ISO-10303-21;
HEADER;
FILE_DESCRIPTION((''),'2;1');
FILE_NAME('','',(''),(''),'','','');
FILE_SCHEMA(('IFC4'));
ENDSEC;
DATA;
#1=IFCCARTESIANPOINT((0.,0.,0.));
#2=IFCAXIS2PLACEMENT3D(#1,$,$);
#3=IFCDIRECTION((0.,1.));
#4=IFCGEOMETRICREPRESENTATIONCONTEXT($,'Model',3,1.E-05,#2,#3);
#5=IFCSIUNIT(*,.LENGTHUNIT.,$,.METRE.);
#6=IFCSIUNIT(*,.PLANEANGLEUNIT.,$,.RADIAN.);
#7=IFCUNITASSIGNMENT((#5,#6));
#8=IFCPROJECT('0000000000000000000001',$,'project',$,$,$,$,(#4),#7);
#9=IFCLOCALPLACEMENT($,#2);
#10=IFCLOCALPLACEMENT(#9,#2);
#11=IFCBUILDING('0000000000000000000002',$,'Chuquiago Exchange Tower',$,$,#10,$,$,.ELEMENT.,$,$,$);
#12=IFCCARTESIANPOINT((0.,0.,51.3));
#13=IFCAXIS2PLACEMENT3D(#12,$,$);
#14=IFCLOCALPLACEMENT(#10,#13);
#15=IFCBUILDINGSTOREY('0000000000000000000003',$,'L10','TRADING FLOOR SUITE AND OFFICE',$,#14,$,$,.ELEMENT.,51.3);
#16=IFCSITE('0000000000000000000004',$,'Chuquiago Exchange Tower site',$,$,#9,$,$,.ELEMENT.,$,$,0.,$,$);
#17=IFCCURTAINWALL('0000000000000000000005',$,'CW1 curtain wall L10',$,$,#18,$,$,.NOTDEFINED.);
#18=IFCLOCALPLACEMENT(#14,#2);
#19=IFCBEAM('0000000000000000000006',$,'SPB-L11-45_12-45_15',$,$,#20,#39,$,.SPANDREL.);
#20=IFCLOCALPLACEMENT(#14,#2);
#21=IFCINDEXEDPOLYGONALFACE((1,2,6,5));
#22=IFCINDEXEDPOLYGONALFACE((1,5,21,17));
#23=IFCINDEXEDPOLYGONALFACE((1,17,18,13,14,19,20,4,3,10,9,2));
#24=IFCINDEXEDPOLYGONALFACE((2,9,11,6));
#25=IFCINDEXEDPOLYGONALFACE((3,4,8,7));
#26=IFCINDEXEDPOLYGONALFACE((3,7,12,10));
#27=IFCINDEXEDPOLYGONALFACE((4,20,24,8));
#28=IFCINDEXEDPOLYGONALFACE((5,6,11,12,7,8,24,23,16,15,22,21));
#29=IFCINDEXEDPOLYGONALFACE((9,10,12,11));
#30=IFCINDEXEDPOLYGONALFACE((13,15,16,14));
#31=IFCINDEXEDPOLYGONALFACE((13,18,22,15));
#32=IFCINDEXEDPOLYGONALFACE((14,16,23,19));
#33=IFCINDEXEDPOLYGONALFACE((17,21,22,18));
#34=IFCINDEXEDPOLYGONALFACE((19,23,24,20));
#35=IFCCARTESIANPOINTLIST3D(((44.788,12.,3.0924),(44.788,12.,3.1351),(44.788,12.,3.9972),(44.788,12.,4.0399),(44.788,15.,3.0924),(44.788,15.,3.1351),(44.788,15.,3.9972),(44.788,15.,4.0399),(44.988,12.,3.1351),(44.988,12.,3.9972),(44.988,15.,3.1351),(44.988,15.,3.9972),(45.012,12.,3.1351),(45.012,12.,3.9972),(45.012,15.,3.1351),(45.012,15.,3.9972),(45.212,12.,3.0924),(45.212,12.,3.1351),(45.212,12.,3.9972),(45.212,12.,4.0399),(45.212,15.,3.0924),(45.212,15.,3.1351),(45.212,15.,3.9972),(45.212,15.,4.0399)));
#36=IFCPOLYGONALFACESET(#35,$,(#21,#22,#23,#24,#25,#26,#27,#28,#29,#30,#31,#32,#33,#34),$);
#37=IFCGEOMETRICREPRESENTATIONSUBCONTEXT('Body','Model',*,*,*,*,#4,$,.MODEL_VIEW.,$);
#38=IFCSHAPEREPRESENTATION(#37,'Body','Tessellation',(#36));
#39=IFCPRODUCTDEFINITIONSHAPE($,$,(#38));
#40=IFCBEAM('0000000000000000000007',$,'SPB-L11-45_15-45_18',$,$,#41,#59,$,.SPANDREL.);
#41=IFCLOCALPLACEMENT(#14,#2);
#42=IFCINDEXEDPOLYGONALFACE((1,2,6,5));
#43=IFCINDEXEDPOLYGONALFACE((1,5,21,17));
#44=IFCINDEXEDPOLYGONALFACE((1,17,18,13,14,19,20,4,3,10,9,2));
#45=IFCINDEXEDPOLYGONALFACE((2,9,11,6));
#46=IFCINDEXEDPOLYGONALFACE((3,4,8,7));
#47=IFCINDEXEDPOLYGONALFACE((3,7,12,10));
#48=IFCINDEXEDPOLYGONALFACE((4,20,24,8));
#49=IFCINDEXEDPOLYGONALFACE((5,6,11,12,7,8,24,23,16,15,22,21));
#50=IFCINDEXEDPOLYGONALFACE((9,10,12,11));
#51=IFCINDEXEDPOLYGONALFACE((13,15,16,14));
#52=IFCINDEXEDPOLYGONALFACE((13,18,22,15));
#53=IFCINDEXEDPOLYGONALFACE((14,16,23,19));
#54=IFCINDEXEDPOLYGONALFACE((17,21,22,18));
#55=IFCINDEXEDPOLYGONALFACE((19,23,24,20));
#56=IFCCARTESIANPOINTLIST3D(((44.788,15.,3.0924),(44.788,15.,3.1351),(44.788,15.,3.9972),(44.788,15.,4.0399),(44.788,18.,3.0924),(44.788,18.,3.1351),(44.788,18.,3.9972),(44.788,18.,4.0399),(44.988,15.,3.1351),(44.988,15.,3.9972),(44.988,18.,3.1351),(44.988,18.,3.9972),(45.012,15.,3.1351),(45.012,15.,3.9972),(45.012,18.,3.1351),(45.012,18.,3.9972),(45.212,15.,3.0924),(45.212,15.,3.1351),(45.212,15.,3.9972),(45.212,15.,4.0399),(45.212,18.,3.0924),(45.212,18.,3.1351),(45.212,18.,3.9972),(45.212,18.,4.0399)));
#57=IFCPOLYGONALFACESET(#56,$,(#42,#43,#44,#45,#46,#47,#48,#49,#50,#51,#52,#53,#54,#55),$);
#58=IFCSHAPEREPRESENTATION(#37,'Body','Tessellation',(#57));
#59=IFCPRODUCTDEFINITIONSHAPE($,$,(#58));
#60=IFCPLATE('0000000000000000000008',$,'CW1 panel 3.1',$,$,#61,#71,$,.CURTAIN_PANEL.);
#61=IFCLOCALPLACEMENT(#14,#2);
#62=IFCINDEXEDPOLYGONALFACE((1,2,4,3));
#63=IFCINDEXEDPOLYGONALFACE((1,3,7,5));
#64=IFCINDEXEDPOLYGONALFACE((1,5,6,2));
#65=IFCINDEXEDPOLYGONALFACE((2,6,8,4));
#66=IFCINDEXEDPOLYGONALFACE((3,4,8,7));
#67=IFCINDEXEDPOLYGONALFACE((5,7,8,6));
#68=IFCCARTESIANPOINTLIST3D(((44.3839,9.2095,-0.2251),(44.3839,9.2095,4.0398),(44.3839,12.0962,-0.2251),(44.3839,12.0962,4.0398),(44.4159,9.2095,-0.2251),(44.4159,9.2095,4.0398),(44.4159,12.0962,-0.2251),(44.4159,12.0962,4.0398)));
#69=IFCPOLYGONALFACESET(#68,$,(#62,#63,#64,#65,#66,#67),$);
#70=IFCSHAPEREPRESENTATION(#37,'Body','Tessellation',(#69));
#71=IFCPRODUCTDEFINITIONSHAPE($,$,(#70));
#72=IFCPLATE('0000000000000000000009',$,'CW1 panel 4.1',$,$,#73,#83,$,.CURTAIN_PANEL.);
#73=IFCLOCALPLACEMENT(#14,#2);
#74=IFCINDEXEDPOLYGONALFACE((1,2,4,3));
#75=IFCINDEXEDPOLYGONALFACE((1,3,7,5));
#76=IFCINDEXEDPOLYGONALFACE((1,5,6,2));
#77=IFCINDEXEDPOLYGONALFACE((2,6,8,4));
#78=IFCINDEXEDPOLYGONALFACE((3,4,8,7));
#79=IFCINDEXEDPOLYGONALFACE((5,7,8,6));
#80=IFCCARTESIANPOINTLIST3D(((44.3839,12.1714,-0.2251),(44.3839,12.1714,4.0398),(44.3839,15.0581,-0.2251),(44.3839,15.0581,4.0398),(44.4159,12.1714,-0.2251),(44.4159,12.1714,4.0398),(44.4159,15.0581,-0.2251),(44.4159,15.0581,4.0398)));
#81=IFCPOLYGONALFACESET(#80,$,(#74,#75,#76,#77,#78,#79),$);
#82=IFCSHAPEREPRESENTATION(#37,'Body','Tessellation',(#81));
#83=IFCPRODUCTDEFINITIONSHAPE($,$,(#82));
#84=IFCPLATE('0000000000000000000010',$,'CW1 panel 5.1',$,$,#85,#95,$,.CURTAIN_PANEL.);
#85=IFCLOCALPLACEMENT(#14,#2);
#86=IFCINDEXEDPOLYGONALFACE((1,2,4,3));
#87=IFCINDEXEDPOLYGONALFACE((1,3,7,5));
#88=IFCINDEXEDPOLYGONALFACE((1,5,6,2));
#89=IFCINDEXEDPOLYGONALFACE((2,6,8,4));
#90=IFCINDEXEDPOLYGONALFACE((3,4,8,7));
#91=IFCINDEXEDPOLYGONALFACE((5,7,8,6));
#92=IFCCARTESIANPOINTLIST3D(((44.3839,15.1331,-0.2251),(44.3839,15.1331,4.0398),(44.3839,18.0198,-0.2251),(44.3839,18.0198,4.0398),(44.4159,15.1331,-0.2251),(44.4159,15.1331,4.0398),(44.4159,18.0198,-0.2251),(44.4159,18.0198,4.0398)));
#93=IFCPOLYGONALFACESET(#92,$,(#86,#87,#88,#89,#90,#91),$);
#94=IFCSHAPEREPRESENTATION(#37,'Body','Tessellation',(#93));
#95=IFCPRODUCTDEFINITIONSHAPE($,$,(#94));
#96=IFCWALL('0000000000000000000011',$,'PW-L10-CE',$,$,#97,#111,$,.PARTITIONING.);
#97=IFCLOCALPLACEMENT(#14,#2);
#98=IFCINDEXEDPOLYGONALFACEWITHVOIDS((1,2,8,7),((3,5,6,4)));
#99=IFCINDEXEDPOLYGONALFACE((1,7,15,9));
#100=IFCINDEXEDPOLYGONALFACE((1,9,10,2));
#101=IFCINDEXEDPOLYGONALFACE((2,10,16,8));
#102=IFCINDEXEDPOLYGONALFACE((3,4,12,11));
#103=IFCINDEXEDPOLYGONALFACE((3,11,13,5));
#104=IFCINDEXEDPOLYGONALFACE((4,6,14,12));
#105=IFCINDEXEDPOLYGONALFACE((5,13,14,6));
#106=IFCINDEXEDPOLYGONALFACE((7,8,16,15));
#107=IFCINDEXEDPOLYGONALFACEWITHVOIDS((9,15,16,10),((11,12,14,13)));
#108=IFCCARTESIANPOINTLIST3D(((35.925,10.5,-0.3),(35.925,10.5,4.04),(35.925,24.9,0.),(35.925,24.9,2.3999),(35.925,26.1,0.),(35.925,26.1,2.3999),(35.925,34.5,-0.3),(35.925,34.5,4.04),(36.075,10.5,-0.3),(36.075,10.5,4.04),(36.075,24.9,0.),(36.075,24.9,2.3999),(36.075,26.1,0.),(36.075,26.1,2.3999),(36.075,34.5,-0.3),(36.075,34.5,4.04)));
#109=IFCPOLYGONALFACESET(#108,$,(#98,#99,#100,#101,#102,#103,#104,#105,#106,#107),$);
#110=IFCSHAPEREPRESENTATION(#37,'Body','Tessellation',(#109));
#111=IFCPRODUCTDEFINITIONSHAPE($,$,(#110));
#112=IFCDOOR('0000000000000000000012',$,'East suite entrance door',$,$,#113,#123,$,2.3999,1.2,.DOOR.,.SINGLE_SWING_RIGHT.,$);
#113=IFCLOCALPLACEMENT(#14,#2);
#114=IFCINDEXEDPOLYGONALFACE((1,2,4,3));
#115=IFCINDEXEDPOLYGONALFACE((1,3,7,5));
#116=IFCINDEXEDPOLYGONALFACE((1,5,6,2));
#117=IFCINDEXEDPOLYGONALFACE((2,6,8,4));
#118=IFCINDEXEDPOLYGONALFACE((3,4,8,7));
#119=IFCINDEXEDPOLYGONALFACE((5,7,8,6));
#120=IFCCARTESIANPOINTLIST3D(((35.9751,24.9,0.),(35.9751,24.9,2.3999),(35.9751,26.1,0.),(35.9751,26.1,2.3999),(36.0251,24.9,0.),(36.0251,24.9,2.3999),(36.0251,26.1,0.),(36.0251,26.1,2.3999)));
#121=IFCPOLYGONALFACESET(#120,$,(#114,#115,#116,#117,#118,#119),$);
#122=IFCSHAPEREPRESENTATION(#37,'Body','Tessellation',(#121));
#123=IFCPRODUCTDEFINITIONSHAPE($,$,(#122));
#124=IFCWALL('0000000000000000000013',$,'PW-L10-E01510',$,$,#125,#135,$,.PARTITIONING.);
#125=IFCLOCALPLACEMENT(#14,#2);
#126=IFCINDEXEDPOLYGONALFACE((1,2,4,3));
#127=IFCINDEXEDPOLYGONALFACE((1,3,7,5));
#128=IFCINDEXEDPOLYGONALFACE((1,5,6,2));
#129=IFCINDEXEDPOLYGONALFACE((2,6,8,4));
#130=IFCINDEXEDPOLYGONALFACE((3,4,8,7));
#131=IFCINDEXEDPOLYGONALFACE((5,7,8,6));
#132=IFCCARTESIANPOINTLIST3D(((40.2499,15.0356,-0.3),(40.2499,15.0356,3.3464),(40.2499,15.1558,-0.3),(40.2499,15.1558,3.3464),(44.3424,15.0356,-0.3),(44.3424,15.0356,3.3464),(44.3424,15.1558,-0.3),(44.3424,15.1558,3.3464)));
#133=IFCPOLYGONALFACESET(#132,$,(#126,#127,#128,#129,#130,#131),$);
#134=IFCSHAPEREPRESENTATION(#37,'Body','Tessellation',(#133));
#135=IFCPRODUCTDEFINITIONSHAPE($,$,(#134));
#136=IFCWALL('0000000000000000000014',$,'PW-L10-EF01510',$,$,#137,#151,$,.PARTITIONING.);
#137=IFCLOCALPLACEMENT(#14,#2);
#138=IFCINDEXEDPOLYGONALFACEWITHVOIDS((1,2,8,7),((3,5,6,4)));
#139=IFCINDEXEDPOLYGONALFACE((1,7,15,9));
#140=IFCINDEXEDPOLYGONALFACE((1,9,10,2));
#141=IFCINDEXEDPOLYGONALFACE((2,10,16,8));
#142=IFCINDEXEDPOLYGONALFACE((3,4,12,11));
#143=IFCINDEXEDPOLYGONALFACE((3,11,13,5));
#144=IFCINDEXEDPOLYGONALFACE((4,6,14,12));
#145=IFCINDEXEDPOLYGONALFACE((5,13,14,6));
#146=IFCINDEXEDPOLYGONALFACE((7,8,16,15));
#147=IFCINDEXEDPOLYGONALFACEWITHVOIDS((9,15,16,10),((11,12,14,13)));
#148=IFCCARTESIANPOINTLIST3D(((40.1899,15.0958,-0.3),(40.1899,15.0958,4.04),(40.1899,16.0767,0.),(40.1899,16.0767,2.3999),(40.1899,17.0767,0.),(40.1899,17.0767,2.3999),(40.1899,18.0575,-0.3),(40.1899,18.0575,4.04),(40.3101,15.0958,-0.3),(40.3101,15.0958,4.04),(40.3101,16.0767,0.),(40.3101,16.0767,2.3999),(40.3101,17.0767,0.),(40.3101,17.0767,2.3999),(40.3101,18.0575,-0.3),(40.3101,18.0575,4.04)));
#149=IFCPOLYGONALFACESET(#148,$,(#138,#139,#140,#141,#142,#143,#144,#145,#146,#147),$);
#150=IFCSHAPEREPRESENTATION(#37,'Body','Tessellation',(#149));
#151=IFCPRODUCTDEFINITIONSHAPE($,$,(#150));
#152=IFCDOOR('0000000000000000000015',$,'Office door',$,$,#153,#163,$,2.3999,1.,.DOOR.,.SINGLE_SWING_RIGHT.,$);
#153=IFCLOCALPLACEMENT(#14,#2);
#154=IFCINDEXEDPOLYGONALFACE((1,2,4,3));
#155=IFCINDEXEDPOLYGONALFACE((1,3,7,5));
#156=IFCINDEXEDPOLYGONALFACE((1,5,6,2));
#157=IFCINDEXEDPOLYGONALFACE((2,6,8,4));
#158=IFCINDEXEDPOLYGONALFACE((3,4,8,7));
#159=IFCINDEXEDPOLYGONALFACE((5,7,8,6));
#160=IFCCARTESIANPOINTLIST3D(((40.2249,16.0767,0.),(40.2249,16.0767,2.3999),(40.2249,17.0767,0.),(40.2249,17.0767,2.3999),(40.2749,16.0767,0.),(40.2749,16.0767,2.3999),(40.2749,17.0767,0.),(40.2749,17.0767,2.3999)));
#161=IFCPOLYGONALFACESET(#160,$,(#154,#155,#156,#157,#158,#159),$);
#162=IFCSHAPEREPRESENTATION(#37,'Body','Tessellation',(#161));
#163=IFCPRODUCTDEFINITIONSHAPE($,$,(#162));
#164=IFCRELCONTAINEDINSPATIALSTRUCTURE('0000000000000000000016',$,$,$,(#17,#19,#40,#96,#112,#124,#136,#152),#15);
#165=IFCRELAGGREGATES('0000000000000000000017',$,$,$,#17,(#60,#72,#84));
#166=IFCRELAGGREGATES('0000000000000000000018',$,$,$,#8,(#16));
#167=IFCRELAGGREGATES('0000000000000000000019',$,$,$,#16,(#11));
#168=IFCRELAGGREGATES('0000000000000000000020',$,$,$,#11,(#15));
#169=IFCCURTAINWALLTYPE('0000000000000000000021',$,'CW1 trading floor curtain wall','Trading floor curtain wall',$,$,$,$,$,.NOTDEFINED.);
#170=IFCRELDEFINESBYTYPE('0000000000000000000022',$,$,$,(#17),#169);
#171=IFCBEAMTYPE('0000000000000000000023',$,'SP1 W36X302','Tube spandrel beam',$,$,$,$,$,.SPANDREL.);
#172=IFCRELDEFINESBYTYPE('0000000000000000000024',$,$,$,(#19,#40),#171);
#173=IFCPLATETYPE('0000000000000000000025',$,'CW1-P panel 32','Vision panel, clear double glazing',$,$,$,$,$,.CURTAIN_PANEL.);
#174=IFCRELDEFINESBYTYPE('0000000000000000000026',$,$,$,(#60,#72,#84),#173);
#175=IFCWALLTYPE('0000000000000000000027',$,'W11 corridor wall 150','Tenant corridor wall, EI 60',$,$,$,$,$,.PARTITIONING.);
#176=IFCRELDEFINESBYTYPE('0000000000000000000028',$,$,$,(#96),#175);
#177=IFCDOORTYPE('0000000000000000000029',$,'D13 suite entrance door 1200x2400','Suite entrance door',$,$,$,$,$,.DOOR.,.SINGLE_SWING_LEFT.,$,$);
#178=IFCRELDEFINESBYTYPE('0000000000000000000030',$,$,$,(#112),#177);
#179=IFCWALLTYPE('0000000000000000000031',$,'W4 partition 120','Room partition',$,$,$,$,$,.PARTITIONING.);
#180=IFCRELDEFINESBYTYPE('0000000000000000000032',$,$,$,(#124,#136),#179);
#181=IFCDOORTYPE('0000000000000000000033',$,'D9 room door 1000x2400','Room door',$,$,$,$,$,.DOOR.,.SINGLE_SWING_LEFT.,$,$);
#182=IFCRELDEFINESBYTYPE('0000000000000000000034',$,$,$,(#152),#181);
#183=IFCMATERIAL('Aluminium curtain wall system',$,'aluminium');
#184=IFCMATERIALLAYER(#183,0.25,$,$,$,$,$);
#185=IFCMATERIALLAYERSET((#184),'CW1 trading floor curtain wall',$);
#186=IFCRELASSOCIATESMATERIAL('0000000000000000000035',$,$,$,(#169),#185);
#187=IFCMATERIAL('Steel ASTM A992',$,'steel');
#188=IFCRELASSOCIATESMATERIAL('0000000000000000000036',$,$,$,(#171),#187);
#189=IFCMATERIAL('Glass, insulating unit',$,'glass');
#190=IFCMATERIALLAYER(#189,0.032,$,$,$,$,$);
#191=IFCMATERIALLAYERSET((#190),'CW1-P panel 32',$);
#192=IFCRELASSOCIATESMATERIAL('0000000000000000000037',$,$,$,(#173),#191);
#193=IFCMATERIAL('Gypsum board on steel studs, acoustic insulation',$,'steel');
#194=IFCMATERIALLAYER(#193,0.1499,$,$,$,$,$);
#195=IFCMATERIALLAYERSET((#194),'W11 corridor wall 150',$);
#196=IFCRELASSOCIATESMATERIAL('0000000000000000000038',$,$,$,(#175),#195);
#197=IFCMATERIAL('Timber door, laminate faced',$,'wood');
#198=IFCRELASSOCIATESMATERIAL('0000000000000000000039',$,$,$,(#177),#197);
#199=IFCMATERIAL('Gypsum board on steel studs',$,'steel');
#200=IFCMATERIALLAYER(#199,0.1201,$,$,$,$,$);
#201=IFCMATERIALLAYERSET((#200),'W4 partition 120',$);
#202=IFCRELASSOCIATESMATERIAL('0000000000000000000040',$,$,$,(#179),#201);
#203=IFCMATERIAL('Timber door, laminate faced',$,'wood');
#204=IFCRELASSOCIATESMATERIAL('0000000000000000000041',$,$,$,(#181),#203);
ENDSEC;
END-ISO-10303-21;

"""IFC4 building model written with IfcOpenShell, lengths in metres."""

from ifc_helpers import new_model, si_unit, direction, frame, frame_2d, origin, origin_2d, place, context, subcontext, project, spatial, rectangle, i_section, extrude, material, layer, layer_set, material_profile, profile_set, type_object, element, fill, aggregate, save


model = new_model("IFC4")

# Units and contexts
model_context = context("Model", 3, precision=1e-05, world=origin(), true_north=direction((0.0, 1.0)))
body_context = subcontext(model_context, "Body", "Model", "MODEL_VIEW")
ifc_project = project(units=[si_unit("LENGTHUNIT", "METRE"), si_unit("PLANEANGLEUNIT", "RADIAN")], contexts=[model_context])

# Site, building, storey
site_placement = place(None, origin())
site = spatial("IfcSite", under=ifc_project, at=site_placement, Name="Chuquiago Exchange Tower site", CompositionType="ELEMENT", RefElevation=0.0)
building_placement = place(site_placement, origin())
building = spatial("IfcBuilding", under=site, at=building_placement, Name="Chuquiago Exchange Tower", CompositionType="ELEMENT")
storey_placement = place(building_placement, frame((0.0, 0.0, 51.3)))
storey = spatial("IfcBuildingStorey", under=building, at=storey_placement, Name="L10", Description="TRADING FLOOR SUITE AND OFFICE", CompositionType="ELEMENT", Elevation=51.3)

# Curtain wall
ifc_material_1 = material(Name="Aluminium curtain wall system", Category="aluminium")
ifc_layer_1 = layer(ifc_material_1, 0.25)
ifc_layer_set_1 = layer_set([ifc_layer_1], Name="CW1 trading floor curtain wall")
curtain_wall_type = type_object("IfcCurtainWallType", Name="CW1 trading floor curtain wall", Description="Trading floor curtain wall", PredefinedType="NOTDEFINED", material=ifc_layer_set_1)
curtain_wall_placement = place(storey_placement, origin())
curtain_wall = element("IfcCurtainWall", 1, at=curtain_wall_placement, inside=storey, type_object=curtain_wall_type, Name="CW1 curtain wall L10", PredefinedType="NOTDEFINED")

# Beams
ifc_material_2 = material(Name="Steel ASTM A992", Category="steel")
ifc_material_profile_1 = material_profile(ifc_material_2, i_section(OverallWidth=0.4241, OverallDepth=0.9475, WebThickness=0.0239, FlangeThickness=0.0427, at=origin_2d()), Name="W36X302")
ifc_profile_set_1 = profile_set([ifc_material_profile_1], Name="Steel ASTM A992")
beam_type_1 = type_object("IfcBeamType", Name="SP1 W36X302", Description="Tube spandrel beam", PredefinedType="SPANDREL", material=ifc_profile_set_1)
for number, where, z_axis, x_axis, name in (
    (2, (45.0, 12.0, 3.5662), (0.0, 1.0, 0.0), (-1.0, 0.0, 0.0), "SPB-L11-45_12-45_15"),
    (3, (45.0, 15.0, 3.5662), (0.0, 1.0, 0.0), (-1.0, 0.0, 0.0), "SPB-L11-45_15-45_18"),
):
    element("IfcBeam", number, at=place(storey_placement, frame(where, z_axis=z_axis, x_axis=x_axis)), inside=storey, type_object=beam_type_1, Name=name, PredefinedType="SPANDREL", context=body_context, shape_type="SweptSolid", body=[
        extrude(i_section(OverallWidth=0.4241, OverallDepth=0.9475, WebThickness=0.0239, FlangeThickness=0.0427, at=origin_2d()), origin(), (0.0, 0.0, 1.0), 3.0),
    ])

# Plates
ifc_material_3 = material(Name="Glass, insulating unit", Category="glass")
ifc_layer_2 = layer(ifc_material_3, 0.032)
ifc_layer_set_2 = layer_set([ifc_layer_2], Name="CW1-P panel 32")
plate_type = type_object("IfcPlateType", Name="CW1-P panel 32", Description="Vision panel, clear double glazing", PredefinedType="CURTAIN_PANEL", material=ifc_layer_set_2)
plate_1_placement = place(storey_placement, frame((44.3999, 10.6528, -0.2251), z_axis=(0.0, 0.0, 1.0), x_axis=(0.0, 1.0, 0.0)))
plate_1 = element("IfcPlate", 4, at=plate_1_placement, type_object=plate_type, Name="CW1 panel 3.1", PredefinedType="CURTAIN_PANEL", context=body_context, shape_type="SweptSolid", body=[
    extrude(rectangle(XDim=2.8867, YDim=0.032, at=origin_2d()), origin(), (0.0, 0.0, 1.0), 4.2649),
])
plate_2_placement = place(storey_placement, frame((44.3999, 13.6147, -0.2251), z_axis=(0.0, 0.0, 1.0), x_axis=(0.0, 1.0, 0.0)))
plate_2 = element("IfcPlate", 5, at=plate_2_placement, type_object=plate_type, Name="CW1 panel 4.1", PredefinedType="CURTAIN_PANEL", context=body_context, shape_type="SweptSolid", body=[
    extrude(rectangle(XDim=2.8867, YDim=0.032, at=origin_2d()), origin(), (0.0, 0.0, 1.0), 4.2649),
])
plate_3_placement = place(storey_placement, frame((44.3999, 16.5764, -0.2251), z_axis=(0.0, 0.0, 1.0), x_axis=(0.0, 1.0, 0.0)))
plate_3 = element("IfcPlate", 6, at=plate_3_placement, type_object=plate_type, Name="CW1 panel 5.1", PredefinedType="CURTAIN_PANEL", context=body_context, shape_type="SweptSolid", body=[
    extrude(rectangle(XDim=2.8867, YDim=0.032, at=origin_2d()), origin(), (0.0, 0.0, 1.0), 4.2649),
])
aggregate(curtain_wall, [plate_1, plate_2, plate_3])

# Wall, opening, door
ifc_material_4 = material(Name="Gypsum board on steel studs, acoustic insulation", Category="steel")
ifc_layer_3 = layer(ifc_material_4, 0.1499)
ifc_layer_set_3 = layer_set([ifc_layer_3], Name="W11 corridor wall 150")
wall_type_1 = type_object("IfcWallType", Name="W11 corridor wall 150", Description="Tenant corridor wall, EI 60", PredefinedType="PARTITIONING", material=ifc_layer_set_3)
wall_1_placement = place(storey_placement, frame((36.0, 10.5, -0.3), z_axis=(0.0, 0.0, 1.0), x_axis=(0.0, 1.0, 0.0)))
wall_1 = element("IfcWall", 7, at=wall_1_placement, inside=storey, type_object=wall_type_1, Name="PW-L10-CE", PredefinedType="PARTITIONING", context=body_context, shape_type="SweptSolid", body=[
    extrude(rectangle(XDim=24.0, YDim=0.1499, at=frame_2d((12.0, 0.0))), origin(), (0.0, 0.0, 1.0), 4.3401),
])
opening_1_placement = place(wall_1_placement, frame((14.3999, 0.0, 0.3)))
opening_1 = element("IfcOpeningElement", 8, at=opening_1_placement, cuts=wall_1, PredefinedType="OPENING", context=body_context, shape_type="SweptSolid", body=[
    extrude(rectangle(XDim=1.2, YDim=2.3999, at=frame_2d((0.6001, 1.2))), frame((0.0, 0.085, 0.0), z_axis=(0.0, -1.0, 0.0), x_axis=(1.0, 0.0, 0.0)), (0.0, 0.0, 1.0), 0.1699),
])
ifc_material_5 = material(Name="Timber door, laminate faced", Category="wood")
door_type_1 = type_object("IfcDoorType", Name="D13 suite entrance door 1200x2400", Description="Suite entrance door", OperationType="SINGLE_SWING_LEFT", PredefinedType="DOOR", material=ifc_material_5)
door_1_placement = place(opening_1_placement, origin())
door_1 = element("IfcDoor", 9, at=door_1_placement, inside=storey, type_object=door_type_1, Name="East suite entrance door", OperationType="SINGLE_SWING_RIGHT", OverallHeight=2.3999, OverallWidth=1.2, PredefinedType="DOOR", context=body_context, shape_type="SweptSolid", body=[
    extrude(rectangle(XDim=1.2, YDim=2.3999, at=frame_2d((0.6001, 1.2))), frame((0.0, 0.0249, 0.0), z_axis=(0.0, -1.0, 0.0), x_axis=(1.0, 0.0, 0.0)), (0.0, 0.0, 1.0), 0.05),
])
fill(opening_1, door_1)

# Wall
ifc_material_6 = material(Name="Gypsum board on steel studs", Category="steel")
ifc_layer_4 = layer(ifc_material_6, 0.1201)
ifc_layer_set_4 = layer_set([ifc_layer_4], Name="W4 partition 120")
wall_type_2 = type_object("IfcWallType", Name="W4 partition 120", Description="Room partition", PredefinedType="PARTITIONING", material=ifc_layer_set_4)
wall_2_placement = place(storey_placement, frame((44.3425, 15.0957, -0.3), z_axis=(0.0, 0.0, 1.0), x_axis=(-1.0, 0.0, 0.0)))
element("IfcWall", 10, at=wall_2_placement, inside=storey, type_object=wall_type_2, Name="PW-L10-E01510", PredefinedType="PARTITIONING", context=body_context, shape_type="SweptSolid", body=[
    extrude(rectangle(XDim=4.0925, YDim=0.1201, at=frame_2d((2.0464, 0.0))), origin(), (0.0, 0.0, 1.0), 3.6465),
])

# Wall, opening, door
wall_3_placement = place(storey_placement, frame((40.25, 15.0957, -0.3), z_axis=(0.0, 0.0, 1.0), x_axis=(0.0, 1.0, 0.0)))
wall_3 = element("IfcWall", 11, at=wall_3_placement, inside=storey, type_object=wall_type_2, Name="PW-L10-EF01510", PredefinedType="PARTITIONING", context=body_context, shape_type="SweptSolid", body=[
    extrude(rectangle(XDim=2.9617, YDim=0.1201, at=frame_2d((1.481, 0.0))), origin(), (0.0, 0.0, 1.0), 4.3401),
])
opening_2_placement = place(wall_3_placement, frame((0.981, 0.0, 0.3)))
opening_2 = element("IfcOpeningElement", 12, at=opening_2_placement, cuts=wall_3, PredefinedType="OPENING", context=body_context, shape_type="SweptSolid", body=[
    extrude(rectangle(XDim=1.0, YDim=2.3999, at=frame_2d((0.5, 1.2))), frame((0.0, 0.0701, 0.0), z_axis=(0.0, -1.0, 0.0), x_axis=(1.0, 0.0, 0.0)), (0.0, 0.0, 1.0), 0.1401),
])
ifc_material_7 = material(Name="Timber door, laminate faced", Category="wood")
door_type_2 = type_object("IfcDoorType", Name="D9 room door 1000x2400", Description="Room door", OperationType="SINGLE_SWING_LEFT", PredefinedType="DOOR", material=ifc_material_7)
door_2_placement = place(opening_2_placement, frame((1.0, 0.0, 0.0), z_axis=(0.0, 0.0, 1.0), x_axis=(-1.0, 0.0, 0.0)))
door_2 = element("IfcDoor", 13, at=door_2_placement, inside=storey, type_object=door_type_2, Name="Office door", OperationType="SINGLE_SWING_RIGHT", OverallHeight=2.3999, OverallWidth=1.0, PredefinedType="DOOR", context=body_context, shape_type="SweptSolid", body=[
    extrude(rectangle(XDim=1.0, YDim=2.3999, at=frame_2d((0.5, 1.2))), frame((0.0, 0.0249, 0.0), z_axis=(0.0, -1.0, 0.0), x_axis=(1.0, 0.0, 0.0)), (0.0, 0.0, 1.0), 0.05),
])
fill(opening_2, door_2)

save(model, "model.ifc")
